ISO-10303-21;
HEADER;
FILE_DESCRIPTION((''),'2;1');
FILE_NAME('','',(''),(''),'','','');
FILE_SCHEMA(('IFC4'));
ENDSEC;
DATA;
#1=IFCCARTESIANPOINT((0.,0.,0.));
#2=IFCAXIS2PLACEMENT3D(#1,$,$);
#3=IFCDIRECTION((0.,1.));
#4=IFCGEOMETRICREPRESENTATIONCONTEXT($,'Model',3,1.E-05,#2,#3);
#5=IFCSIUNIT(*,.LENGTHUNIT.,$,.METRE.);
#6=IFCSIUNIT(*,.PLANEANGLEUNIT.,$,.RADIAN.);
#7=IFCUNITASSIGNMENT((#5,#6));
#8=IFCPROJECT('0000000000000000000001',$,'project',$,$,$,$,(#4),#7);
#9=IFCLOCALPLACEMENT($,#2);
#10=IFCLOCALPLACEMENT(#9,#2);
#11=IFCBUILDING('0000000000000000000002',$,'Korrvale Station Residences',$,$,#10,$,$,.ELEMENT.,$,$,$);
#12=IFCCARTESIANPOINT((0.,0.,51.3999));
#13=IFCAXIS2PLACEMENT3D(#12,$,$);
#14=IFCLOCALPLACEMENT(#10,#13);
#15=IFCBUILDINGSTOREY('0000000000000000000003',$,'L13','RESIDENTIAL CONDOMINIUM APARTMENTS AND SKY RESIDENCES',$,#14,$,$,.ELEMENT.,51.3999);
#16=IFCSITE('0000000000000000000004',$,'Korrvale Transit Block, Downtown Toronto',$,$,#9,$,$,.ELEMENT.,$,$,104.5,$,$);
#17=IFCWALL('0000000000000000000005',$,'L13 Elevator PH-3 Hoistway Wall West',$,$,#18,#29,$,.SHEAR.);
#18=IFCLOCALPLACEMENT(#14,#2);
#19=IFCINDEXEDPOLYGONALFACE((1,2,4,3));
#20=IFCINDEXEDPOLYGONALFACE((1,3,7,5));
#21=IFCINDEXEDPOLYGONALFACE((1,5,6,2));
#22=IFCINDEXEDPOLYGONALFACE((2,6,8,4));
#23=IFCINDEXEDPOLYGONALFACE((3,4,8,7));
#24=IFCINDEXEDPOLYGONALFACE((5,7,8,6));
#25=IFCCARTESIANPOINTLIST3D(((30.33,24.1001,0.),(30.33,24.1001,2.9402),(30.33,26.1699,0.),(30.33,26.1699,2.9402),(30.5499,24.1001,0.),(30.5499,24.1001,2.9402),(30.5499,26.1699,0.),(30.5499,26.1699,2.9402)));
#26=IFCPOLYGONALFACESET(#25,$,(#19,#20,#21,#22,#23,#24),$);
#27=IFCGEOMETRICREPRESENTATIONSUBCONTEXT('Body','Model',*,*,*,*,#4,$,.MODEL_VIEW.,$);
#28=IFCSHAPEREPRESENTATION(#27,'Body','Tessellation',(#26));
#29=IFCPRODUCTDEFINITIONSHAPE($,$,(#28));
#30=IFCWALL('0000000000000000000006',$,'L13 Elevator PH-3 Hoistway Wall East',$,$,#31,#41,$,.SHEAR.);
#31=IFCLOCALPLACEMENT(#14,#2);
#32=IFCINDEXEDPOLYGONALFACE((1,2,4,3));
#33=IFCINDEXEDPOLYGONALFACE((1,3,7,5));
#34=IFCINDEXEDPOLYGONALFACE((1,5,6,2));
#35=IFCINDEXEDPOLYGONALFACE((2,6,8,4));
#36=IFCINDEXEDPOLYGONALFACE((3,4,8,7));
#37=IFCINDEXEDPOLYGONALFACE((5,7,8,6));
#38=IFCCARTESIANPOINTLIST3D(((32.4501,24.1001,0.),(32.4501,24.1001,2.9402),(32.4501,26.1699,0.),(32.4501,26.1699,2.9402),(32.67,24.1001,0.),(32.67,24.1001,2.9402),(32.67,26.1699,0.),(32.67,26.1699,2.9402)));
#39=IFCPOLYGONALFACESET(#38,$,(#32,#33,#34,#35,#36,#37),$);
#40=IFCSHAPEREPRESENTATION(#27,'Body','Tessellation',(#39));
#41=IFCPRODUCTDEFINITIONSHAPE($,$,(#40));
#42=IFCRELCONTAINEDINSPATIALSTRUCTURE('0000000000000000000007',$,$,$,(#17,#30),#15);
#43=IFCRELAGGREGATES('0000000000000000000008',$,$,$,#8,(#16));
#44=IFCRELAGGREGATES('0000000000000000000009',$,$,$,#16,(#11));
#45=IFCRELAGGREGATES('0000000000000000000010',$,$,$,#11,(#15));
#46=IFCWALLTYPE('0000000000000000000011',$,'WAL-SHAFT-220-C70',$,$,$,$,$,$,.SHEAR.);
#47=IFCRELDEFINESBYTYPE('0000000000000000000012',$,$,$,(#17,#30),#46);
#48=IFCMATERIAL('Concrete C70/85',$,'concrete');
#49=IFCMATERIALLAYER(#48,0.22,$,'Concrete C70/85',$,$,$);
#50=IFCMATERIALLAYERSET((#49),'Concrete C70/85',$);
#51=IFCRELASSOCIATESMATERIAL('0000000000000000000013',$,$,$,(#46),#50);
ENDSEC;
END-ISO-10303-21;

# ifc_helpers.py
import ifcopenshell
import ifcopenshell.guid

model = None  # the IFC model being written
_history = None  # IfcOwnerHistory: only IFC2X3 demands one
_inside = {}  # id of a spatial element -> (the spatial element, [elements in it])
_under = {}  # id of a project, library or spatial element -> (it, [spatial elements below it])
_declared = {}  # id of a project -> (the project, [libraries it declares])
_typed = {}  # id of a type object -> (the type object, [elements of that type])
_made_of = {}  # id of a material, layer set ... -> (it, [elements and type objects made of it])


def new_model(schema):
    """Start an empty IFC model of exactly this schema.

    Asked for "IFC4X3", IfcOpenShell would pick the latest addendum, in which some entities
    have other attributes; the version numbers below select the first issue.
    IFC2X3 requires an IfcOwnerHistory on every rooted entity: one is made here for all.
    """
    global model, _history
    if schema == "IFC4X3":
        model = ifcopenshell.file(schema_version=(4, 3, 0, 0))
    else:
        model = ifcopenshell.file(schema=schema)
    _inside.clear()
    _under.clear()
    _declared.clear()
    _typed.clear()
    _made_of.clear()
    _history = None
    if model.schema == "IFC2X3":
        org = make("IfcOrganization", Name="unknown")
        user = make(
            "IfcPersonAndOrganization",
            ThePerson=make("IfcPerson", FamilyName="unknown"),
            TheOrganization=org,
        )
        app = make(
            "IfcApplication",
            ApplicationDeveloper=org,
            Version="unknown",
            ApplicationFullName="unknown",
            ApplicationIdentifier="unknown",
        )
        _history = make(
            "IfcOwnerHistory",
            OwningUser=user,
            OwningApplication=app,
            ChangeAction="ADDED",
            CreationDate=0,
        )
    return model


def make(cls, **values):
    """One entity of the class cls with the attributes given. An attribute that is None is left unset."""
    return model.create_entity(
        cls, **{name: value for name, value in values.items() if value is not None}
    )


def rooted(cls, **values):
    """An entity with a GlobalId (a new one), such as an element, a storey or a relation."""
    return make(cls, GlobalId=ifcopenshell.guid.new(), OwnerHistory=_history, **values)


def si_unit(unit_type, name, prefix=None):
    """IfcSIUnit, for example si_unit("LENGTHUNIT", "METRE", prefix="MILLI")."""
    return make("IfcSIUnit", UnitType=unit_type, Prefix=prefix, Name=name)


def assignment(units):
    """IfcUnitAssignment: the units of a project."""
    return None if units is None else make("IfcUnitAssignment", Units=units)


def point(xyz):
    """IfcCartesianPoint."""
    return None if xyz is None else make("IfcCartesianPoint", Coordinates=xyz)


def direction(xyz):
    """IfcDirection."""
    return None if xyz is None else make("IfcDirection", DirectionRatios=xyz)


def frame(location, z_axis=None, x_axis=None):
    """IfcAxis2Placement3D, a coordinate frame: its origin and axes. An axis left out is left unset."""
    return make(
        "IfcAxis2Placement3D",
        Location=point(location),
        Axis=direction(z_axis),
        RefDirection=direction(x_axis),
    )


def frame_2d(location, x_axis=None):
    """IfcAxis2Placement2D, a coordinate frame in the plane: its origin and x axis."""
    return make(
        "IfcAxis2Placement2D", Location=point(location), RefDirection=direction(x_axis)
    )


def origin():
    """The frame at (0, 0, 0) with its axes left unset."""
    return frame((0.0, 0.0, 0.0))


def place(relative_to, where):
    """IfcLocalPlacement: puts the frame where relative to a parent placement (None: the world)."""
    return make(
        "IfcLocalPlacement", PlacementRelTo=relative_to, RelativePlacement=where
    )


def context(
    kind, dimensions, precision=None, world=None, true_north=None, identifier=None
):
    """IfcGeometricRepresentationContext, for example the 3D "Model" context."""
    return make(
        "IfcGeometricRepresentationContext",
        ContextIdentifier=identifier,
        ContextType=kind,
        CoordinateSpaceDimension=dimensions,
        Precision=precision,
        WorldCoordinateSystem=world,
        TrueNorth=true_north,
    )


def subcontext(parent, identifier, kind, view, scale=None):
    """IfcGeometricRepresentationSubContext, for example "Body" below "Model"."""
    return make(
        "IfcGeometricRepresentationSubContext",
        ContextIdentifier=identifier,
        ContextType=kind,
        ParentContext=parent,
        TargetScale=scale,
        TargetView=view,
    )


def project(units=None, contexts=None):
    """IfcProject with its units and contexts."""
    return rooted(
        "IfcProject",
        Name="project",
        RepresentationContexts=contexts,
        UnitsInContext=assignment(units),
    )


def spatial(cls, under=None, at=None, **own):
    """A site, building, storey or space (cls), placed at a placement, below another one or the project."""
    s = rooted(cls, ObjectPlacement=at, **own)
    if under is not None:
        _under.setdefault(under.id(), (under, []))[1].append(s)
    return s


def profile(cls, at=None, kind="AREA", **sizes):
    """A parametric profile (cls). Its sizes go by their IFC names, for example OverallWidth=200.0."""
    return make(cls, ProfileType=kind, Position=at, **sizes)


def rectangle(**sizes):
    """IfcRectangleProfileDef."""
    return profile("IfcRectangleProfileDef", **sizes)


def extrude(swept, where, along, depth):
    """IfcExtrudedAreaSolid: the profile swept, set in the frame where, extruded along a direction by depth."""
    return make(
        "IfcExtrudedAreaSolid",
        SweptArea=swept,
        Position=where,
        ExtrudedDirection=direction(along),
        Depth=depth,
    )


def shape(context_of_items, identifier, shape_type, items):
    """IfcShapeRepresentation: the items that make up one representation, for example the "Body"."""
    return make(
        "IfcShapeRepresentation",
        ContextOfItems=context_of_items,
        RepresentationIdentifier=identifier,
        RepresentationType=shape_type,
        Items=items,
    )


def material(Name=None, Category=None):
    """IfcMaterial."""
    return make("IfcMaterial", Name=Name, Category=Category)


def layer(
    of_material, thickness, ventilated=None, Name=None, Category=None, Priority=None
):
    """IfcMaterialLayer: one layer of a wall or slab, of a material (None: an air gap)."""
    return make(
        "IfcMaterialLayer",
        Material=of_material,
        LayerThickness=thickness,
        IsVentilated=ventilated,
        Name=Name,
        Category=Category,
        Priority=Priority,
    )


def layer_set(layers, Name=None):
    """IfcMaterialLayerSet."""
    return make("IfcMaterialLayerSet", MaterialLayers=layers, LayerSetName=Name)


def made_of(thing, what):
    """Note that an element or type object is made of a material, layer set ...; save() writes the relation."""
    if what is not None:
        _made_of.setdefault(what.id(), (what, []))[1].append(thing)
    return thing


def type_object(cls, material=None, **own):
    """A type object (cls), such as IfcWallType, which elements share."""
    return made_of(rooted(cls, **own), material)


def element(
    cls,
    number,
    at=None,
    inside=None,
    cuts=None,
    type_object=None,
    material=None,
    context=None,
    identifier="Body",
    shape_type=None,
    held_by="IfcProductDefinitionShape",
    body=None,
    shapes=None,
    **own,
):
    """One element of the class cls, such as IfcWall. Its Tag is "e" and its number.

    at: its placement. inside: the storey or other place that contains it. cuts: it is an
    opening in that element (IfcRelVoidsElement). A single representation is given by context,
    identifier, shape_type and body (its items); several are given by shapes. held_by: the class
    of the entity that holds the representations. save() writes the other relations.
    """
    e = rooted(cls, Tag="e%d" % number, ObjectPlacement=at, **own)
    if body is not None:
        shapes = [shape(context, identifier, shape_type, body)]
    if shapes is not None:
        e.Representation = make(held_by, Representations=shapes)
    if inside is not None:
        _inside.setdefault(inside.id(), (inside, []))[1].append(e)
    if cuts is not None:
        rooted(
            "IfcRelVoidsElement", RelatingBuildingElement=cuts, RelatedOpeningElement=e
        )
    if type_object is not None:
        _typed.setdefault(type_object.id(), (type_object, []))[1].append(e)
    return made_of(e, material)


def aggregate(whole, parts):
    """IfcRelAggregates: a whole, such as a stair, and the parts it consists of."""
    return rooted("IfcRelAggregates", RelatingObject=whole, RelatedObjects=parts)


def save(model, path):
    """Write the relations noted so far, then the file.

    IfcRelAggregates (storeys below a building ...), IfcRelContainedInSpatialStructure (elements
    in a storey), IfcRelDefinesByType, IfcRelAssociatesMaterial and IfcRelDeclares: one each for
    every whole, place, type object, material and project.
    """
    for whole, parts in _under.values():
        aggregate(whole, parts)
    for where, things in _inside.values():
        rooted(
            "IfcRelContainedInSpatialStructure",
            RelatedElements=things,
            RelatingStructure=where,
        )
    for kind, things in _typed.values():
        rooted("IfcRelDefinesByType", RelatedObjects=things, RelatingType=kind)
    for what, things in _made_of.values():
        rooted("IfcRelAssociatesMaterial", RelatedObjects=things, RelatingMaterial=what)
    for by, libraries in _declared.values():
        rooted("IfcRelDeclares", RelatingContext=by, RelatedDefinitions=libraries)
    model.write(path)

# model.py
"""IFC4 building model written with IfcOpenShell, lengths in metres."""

from ifc_helpers import new_model, si_unit, direction, frame, frame_2d, origin, place, context, subcontext, project, spatial, rectangle, extrude, material, layer, layer_set, type_object, element, save


model = new_model("IFC4")

# Units and contexts
model_context = context("Model", 3, precision=1e-05, world=origin(), true_north=direction((0.0, 1.0)))
body_context = subcontext(model_context, "Body", "Model", "MODEL_VIEW")
ifc_project = project(units=[si_unit("LENGTHUNIT", "METRE"), si_unit("PLANEANGLEUNIT", "RADIAN")], contexts=[model_context])

# Site, building, storey
site_placement = place(None, origin())
site = spatial("IfcSite", under=ifc_project, at=site_placement, Name="Korrvale Transit Block, Downtown Toronto", CompositionType="ELEMENT", RefElevation=104.5)
building_placement = place(site_placement, origin())
building = spatial("IfcBuilding", under=site, at=building_placement, Name="Korrvale Station Residences", CompositionType="ELEMENT")
storey_placement = place(building_placement, frame((0.0, 0.0, 51.3999)))
storey = spatial("IfcBuildingStorey", under=building, at=storey_placement, Name="L13", Description="RESIDENTIAL CONDOMINIUM APARTMENTS AND SKY RESIDENCES", CompositionType="ELEMENT", Elevation=51.3999)

# Shared definitions
ifc_material_1 = material(Name="Concrete C70/85", Category="concrete")

# Shared definitions
ifc_layer_1 = layer(ifc_material_1, 0.22, Name="Concrete C70/85")
ifc_layer_set_1 = layer_set([ifc_layer_1], Name="Concrete C70/85")
wall_type_1 = type_object("IfcWallType", Name="WAL-SHAFT-220-C70", PredefinedType="SHEAR", material=ifc_layer_set_1)

# Walls
for number, where, z_axis, x_axis, name in (
    (1, (30.4399, 24.1001, 0.0), (0.0, 0.0, 1.0), (0.0, 1.0, 0.0), "L13 Elevator PH-3 Hoistway Wall West"),
    (2, (32.5601, 24.1001, 0.0), (0.0, 0.0, 1.0), (0.0, 1.0, 0.0), "L13 Elevator PH-3 Hoistway Wall East"),
):
    element("IfcWall", number, at=place(storey_placement, frame(where, z_axis=z_axis, x_axis=x_axis)), inside=storey, type_object=wall_type_1, Name=name, PredefinedType="SHEAR", context=body_context, shape_type="SweptSolid", body=[
        extrude(rectangle(XDim=2.0698, YDim=0.22, at=frame_2d((1.0349, 0.0))), origin(), (0.0, 0.0, 1.0), 2.9402),
    ])

save(model, "model.ifc")
